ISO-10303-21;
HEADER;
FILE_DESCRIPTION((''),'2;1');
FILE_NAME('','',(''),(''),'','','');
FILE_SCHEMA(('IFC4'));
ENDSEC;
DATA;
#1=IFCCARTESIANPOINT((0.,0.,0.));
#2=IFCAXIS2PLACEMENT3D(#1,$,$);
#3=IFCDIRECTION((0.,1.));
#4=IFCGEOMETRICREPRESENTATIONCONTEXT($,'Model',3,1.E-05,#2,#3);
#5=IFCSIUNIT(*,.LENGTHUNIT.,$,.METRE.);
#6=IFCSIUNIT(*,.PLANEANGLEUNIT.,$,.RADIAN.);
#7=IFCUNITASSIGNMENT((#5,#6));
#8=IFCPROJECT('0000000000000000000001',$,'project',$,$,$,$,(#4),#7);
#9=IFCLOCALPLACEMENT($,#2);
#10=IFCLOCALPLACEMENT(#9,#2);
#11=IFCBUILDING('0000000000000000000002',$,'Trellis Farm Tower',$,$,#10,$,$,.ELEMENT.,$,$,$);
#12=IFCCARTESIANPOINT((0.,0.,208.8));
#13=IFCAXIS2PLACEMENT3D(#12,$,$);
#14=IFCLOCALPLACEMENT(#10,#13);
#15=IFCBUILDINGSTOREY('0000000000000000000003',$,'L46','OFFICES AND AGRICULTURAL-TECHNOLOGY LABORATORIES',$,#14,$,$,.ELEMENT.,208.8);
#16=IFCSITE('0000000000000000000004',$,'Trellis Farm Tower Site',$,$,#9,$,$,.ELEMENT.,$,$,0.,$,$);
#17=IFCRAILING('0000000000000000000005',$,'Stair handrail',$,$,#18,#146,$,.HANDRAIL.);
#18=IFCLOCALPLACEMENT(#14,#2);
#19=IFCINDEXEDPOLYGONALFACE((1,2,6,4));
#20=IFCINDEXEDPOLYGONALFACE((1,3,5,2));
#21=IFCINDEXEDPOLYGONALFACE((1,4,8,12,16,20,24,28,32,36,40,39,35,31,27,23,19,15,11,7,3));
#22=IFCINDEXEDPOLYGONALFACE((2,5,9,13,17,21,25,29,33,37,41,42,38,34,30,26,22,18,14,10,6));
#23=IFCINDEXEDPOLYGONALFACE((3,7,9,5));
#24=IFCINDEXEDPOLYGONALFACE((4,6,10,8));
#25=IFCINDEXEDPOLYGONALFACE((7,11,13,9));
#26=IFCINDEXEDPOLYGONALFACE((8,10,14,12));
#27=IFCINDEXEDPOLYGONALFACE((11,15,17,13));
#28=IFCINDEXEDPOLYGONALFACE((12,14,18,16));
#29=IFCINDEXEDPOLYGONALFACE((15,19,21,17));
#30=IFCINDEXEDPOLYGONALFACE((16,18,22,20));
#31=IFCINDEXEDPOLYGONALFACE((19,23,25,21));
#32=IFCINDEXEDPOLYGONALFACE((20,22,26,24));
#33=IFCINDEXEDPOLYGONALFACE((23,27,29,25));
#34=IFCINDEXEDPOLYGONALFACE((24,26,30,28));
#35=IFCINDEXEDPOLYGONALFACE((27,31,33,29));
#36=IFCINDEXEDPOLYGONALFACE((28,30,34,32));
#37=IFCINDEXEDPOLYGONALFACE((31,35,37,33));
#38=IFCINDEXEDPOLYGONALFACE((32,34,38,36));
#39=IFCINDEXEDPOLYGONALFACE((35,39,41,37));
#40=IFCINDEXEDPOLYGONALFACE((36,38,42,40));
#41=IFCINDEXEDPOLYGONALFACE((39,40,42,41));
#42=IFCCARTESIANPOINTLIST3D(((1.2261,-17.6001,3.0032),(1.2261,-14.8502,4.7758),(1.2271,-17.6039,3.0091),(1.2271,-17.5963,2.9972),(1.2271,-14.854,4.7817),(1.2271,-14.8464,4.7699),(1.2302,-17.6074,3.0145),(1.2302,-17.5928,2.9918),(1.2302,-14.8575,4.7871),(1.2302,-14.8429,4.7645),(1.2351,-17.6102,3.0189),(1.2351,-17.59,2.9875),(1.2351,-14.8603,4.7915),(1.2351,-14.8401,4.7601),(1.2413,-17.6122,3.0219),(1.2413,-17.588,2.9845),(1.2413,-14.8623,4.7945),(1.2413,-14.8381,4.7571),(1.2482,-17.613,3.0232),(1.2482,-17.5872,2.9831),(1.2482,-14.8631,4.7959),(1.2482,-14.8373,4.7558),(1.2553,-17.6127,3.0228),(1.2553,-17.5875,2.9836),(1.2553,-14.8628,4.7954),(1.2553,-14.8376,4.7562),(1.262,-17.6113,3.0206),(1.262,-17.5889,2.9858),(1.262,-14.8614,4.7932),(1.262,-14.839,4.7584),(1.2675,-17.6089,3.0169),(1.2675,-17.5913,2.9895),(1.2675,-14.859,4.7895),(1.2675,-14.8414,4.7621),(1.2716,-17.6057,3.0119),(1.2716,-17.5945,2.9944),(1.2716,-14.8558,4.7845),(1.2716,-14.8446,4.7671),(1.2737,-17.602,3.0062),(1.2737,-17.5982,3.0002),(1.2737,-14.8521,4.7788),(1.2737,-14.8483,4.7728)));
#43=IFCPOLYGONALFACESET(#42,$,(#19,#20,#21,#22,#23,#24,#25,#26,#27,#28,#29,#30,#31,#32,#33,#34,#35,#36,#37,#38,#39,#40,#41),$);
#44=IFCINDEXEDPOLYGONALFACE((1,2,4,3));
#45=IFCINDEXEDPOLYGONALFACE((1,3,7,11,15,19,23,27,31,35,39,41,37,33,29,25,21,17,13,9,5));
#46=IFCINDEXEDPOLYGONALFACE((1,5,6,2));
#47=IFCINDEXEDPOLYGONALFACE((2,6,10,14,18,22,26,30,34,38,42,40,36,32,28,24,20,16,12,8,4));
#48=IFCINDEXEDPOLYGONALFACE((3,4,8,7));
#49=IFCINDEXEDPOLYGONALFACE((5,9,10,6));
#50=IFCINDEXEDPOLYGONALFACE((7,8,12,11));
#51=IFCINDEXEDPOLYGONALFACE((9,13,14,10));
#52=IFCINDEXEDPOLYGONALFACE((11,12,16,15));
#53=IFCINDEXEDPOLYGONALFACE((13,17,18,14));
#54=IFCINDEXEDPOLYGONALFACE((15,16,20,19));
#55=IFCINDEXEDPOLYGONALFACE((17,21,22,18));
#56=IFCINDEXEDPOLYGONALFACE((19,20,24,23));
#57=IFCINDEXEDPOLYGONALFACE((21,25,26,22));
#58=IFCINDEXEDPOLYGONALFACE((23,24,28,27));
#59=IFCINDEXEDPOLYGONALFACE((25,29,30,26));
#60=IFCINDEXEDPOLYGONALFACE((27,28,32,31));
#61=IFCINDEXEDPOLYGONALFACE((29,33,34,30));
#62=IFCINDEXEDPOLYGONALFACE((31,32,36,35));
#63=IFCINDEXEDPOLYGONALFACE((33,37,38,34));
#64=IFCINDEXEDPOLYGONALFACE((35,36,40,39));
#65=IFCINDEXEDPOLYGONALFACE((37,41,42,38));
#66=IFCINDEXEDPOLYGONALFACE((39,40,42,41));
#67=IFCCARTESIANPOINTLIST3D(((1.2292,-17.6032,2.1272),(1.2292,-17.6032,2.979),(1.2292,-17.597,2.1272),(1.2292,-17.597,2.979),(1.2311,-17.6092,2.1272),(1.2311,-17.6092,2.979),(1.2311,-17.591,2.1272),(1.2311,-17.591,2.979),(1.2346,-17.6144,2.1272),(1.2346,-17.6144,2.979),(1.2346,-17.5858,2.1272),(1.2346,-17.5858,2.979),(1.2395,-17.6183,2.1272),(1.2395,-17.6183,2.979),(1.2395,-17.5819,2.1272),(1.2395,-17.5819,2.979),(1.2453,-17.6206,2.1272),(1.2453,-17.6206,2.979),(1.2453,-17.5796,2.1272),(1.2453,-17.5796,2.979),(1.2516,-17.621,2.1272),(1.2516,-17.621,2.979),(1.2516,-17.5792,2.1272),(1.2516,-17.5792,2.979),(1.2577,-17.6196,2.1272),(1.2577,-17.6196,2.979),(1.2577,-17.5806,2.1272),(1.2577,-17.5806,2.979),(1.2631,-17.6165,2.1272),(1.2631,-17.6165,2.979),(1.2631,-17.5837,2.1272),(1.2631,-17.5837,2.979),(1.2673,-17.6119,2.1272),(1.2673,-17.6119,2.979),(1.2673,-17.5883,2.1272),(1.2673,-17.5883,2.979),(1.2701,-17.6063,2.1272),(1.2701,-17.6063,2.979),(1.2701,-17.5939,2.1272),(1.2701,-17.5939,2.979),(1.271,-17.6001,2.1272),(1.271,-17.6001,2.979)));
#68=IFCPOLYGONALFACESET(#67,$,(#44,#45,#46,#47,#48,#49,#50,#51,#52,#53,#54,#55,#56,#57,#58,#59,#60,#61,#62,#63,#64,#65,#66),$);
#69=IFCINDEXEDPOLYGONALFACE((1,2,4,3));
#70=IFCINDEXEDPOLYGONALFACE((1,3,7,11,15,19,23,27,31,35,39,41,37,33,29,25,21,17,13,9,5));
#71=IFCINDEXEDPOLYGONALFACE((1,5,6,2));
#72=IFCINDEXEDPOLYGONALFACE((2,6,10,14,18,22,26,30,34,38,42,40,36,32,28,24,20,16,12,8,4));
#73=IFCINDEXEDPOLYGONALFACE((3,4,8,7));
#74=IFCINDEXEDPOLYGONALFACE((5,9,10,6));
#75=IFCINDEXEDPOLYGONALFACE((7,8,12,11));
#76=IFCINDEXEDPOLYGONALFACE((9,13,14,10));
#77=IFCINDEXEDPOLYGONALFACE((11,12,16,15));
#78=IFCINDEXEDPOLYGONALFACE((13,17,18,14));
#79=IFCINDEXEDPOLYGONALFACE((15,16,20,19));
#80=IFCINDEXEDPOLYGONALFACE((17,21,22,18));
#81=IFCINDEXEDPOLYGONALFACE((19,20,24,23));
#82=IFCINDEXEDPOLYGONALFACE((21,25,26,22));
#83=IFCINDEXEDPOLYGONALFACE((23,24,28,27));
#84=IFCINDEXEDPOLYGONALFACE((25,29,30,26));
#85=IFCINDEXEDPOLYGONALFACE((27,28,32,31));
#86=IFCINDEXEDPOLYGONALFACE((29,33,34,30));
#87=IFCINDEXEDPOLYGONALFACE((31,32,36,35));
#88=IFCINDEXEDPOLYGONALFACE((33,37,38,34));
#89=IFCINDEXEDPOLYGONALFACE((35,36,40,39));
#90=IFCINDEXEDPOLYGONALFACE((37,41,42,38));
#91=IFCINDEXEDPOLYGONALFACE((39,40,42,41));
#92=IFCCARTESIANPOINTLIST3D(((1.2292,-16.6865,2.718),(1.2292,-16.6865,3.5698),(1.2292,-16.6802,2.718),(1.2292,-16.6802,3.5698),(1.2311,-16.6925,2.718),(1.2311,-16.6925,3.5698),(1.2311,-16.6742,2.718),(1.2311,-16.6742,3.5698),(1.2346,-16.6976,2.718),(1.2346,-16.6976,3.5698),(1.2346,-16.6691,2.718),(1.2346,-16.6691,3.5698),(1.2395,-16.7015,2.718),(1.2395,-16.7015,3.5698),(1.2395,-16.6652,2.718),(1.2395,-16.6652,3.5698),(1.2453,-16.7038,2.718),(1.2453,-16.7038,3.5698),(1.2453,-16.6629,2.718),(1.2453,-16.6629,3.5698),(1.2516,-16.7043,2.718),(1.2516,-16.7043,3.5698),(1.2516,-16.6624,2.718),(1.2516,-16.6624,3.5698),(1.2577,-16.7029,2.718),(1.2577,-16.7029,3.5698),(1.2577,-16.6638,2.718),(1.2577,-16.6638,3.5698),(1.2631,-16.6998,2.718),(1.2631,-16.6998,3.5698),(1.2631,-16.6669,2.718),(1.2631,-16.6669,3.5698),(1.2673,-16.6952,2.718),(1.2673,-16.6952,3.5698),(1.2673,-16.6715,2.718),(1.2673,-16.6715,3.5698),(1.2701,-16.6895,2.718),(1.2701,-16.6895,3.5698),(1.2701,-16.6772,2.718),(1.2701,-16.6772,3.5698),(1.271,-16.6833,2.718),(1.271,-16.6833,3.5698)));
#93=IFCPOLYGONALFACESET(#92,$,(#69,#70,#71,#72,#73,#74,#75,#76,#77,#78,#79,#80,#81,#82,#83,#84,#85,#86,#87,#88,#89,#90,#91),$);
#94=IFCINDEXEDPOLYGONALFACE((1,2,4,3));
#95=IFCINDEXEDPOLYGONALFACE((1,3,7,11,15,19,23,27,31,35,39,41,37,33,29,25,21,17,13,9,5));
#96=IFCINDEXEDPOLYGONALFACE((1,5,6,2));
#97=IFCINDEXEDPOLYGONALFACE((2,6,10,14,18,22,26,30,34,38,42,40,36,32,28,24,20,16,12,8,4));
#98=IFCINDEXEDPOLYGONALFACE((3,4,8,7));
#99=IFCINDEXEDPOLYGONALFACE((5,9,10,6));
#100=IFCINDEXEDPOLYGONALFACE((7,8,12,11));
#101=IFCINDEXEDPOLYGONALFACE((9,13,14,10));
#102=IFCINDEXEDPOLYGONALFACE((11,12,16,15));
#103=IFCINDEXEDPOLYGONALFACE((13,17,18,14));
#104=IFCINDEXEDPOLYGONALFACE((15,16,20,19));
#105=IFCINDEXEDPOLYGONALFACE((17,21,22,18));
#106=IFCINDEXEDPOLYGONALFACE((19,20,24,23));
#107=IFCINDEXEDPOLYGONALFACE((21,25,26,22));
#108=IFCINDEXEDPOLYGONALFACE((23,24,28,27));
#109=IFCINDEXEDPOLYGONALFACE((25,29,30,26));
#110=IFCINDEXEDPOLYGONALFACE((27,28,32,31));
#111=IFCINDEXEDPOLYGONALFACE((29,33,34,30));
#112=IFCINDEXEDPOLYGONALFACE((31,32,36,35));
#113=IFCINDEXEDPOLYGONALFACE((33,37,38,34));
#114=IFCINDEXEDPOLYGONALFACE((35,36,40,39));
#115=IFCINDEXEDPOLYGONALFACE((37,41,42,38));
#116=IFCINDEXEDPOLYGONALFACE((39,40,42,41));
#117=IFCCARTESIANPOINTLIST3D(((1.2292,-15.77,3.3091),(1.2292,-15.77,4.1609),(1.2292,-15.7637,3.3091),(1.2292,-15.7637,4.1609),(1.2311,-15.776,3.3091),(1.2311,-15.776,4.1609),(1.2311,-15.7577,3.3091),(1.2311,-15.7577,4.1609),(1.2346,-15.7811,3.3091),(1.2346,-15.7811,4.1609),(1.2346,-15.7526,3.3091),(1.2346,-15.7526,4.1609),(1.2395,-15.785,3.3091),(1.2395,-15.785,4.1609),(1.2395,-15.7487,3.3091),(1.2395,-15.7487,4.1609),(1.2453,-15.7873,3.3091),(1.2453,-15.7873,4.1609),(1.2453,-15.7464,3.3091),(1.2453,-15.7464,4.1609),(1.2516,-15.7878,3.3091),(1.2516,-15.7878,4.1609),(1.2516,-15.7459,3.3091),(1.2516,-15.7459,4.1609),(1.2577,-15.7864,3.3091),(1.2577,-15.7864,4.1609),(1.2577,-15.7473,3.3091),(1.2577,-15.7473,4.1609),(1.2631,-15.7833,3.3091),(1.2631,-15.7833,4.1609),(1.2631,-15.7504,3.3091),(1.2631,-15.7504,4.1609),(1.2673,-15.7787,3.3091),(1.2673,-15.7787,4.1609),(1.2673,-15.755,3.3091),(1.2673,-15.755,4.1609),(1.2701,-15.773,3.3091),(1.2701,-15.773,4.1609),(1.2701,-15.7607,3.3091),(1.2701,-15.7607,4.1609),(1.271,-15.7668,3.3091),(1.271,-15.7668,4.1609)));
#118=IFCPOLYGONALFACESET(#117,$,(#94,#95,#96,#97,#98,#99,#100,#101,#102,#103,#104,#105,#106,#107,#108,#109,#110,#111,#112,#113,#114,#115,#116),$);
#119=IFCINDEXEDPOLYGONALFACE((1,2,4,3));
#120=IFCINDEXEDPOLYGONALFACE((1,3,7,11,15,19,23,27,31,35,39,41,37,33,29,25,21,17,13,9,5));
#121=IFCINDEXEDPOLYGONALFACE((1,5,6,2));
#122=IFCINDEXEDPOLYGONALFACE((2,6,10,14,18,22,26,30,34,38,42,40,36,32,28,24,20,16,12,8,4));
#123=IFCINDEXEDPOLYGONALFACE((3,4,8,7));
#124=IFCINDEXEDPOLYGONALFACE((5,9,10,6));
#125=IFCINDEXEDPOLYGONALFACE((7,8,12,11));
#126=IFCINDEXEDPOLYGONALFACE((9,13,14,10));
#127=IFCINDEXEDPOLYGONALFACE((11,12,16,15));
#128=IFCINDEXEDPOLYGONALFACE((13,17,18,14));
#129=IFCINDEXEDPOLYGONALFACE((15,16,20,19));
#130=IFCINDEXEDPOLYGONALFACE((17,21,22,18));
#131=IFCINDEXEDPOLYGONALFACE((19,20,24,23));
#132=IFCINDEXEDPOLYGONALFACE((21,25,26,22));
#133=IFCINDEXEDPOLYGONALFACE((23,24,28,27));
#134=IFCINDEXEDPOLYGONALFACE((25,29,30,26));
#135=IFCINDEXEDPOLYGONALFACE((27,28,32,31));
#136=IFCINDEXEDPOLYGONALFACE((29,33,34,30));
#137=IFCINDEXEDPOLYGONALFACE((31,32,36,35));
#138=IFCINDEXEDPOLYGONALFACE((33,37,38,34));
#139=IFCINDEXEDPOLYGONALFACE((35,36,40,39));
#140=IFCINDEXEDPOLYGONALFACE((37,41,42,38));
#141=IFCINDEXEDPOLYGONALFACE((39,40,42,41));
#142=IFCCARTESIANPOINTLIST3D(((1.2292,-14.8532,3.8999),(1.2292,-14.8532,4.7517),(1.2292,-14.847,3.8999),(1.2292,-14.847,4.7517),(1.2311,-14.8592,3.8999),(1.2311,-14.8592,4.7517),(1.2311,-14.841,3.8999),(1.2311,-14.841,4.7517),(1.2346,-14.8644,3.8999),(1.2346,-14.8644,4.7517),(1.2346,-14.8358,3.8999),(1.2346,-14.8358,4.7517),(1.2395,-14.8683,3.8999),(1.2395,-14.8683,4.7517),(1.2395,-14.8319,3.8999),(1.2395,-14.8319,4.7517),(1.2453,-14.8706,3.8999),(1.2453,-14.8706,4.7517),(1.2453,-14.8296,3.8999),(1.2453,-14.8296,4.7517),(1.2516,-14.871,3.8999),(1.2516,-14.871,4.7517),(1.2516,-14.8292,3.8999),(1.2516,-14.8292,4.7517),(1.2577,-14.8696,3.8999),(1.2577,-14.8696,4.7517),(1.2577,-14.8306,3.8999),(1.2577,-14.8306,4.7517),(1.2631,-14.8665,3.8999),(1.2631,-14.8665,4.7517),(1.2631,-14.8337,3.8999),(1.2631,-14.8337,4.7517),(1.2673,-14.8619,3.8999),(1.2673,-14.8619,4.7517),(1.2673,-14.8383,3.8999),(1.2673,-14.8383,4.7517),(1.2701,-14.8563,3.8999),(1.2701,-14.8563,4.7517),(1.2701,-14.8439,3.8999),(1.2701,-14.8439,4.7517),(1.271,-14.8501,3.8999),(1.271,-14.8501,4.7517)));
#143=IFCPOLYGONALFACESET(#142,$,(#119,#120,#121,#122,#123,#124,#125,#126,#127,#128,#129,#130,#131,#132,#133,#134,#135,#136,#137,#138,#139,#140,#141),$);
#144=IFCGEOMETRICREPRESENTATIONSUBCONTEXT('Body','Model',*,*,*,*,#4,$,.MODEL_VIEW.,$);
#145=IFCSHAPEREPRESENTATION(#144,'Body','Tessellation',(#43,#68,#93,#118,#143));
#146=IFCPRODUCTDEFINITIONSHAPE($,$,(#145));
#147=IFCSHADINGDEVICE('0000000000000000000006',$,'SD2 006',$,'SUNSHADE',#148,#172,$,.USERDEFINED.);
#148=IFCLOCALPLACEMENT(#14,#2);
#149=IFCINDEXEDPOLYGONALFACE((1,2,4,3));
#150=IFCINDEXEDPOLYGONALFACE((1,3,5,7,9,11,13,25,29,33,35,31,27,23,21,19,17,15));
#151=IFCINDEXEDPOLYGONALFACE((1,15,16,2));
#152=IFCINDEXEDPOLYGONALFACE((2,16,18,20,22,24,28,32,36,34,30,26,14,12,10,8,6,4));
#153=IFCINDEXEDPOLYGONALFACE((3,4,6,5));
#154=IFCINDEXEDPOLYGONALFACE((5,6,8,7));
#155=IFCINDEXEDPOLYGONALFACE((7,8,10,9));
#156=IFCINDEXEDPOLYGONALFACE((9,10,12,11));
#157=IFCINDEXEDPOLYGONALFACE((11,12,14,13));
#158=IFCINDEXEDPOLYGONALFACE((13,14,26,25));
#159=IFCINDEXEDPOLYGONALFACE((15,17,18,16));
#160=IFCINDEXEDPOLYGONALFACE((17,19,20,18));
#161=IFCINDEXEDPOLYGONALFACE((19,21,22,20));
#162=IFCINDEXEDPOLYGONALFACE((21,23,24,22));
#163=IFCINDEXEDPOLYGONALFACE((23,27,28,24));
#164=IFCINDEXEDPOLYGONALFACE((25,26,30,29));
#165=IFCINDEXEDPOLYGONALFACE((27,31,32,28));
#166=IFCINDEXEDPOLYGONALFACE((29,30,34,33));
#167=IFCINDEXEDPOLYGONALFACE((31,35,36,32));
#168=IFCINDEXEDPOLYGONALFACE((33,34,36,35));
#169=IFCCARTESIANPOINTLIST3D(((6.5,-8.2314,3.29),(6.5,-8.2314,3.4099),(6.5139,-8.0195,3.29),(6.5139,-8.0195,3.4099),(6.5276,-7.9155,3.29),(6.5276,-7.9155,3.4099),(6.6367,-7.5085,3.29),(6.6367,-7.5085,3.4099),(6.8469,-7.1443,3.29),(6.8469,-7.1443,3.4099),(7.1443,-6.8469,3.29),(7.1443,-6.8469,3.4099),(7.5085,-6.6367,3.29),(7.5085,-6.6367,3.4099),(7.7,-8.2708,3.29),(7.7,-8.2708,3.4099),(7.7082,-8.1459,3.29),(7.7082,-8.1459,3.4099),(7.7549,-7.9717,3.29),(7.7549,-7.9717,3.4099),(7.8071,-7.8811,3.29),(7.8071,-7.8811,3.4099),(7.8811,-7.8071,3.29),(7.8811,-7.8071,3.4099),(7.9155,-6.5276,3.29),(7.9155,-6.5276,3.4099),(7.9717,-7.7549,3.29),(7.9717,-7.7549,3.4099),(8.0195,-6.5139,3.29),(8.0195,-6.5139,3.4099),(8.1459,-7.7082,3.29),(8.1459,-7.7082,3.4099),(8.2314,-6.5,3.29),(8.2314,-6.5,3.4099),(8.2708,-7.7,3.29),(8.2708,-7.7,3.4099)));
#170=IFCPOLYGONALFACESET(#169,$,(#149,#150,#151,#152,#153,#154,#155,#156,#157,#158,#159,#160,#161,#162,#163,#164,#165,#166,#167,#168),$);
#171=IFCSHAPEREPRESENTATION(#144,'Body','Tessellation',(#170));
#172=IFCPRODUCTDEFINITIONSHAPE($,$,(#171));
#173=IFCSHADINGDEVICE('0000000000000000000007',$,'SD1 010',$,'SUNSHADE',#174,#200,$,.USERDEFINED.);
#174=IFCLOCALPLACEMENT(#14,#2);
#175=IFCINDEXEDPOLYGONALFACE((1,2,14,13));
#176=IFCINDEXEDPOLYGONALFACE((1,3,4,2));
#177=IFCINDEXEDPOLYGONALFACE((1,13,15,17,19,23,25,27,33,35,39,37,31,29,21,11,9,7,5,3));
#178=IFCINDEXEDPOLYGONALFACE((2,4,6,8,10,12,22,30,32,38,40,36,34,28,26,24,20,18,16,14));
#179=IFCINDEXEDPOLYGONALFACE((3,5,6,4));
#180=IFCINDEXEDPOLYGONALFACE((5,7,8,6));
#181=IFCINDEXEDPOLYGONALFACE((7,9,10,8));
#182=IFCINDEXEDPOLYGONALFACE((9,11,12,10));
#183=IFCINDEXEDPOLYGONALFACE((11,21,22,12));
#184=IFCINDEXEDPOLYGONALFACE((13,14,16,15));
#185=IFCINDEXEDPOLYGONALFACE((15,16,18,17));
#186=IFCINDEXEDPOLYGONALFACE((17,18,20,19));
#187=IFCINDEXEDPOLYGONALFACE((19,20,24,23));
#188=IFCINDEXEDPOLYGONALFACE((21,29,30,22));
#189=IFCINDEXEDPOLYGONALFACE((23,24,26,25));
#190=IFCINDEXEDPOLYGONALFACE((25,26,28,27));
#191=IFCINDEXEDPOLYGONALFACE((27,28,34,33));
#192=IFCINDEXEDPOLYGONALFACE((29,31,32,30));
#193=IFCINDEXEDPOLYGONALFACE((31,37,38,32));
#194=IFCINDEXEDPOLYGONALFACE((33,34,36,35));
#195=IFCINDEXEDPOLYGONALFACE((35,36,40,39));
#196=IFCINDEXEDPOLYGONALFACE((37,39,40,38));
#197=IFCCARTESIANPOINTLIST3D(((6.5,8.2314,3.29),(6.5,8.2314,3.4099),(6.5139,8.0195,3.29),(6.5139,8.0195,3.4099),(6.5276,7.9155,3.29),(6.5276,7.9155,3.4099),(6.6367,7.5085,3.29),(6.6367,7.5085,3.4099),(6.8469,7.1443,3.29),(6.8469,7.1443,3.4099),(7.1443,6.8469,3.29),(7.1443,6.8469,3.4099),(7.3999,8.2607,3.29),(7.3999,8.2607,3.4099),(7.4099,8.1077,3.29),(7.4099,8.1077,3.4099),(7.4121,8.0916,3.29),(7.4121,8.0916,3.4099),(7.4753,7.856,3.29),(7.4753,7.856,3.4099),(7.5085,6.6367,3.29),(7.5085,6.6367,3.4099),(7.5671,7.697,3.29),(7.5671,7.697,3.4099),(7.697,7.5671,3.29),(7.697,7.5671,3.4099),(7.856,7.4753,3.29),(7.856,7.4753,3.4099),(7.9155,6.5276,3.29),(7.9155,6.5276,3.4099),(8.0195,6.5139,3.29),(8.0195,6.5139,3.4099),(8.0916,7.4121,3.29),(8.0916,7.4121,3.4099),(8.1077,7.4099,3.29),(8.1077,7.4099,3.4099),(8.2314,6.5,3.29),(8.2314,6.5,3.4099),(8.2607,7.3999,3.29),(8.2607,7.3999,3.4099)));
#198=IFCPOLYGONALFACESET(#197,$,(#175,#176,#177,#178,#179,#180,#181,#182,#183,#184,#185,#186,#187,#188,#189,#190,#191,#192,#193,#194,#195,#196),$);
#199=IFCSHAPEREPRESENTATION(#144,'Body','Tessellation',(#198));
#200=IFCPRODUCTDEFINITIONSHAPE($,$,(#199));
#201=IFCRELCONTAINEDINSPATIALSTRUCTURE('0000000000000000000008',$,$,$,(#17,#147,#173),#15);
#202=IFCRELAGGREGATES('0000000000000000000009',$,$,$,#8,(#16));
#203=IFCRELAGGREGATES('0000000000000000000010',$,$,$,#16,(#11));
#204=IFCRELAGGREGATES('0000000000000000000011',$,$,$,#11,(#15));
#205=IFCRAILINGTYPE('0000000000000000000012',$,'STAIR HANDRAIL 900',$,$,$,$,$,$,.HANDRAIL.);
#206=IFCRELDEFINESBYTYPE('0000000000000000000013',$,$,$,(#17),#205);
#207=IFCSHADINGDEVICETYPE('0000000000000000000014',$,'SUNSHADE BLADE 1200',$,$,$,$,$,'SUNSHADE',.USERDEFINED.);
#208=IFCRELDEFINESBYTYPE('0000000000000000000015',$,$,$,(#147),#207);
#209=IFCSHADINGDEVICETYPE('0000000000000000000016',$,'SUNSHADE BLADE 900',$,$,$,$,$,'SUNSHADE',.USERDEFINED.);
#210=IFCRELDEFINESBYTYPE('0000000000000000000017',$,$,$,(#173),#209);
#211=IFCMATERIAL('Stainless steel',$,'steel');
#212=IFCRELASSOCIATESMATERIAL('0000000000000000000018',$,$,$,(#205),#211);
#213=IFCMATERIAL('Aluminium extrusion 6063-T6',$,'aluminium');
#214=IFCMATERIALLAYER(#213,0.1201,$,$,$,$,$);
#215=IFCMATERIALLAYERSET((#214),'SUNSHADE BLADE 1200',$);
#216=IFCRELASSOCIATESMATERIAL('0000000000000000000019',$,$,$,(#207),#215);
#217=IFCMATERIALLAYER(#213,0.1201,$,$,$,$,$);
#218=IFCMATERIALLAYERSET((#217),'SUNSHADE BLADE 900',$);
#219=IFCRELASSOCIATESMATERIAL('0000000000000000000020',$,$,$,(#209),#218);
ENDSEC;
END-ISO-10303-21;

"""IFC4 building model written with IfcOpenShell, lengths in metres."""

from ifc_helpers import new_model, si_unit, direction, frame, origin, origin_2d, place, context, subcontext, project, spatial, polyline, circle, outline, extrude, source, transform, mapped, material, layer, layer_set, type_object, element, save


model = new_model("IFC4")

# Units and contexts
model_context = context("Model", 3, precision=1e-05, world=origin(), true_north=direction((0.0, 1.0)))
body_context = subcontext(model_context, "Body", "Model", "MODEL_VIEW")
ifc_project = project(units=[si_unit("LENGTHUNIT", "METRE"), si_unit("PLANEANGLEUNIT", "RADIAN")], contexts=[model_context])

# Site, building, storey
site_placement = place(None, origin())
site = spatial("IfcSite", under=ifc_project, at=site_placement, Name="Trellis Farm Tower Site", CompositionType="ELEMENT", RefElevation=0.0)
building_placement = place(site_placement, origin())
building = spatial("IfcBuilding", under=site, at=building_placement, Name="Trellis Farm Tower", CompositionType="ELEMENT")
storey_placement = place(building_placement, frame((0.0, 0.0, 208.8)))
storey = spatial("IfcBuildingStorey", under=building, at=storey_placement, Name="L46", Description="OFFICES AND AGRICULTURAL-TECHNOLOGY LABORATORIES", CompositionType="ELEMENT", Elevation=208.8)

# Shared definitions
ifc_material_1 = material(Name="Aluminium extrusion 6063-T6", Category="aluminium")

# Railing
ifc_material_2 = material(Name="Stainless steel", Category="steel")
railing_type = type_object("IfcRailingType", Name="STAIR HANDRAIL 900", PredefinedType="HANDRAIL", material=ifc_material_2)
shared_shape_1 = source(origin(), body_context, "Body", "SweptSolid", [
    extrude(circle(Radius=0.0239, at=origin_2d()), frame((0.0, 0.0, 0.876), z_axis=(0.0, 0.840504, 0.541806), x_axis=(-1.0, 0.0, 0.0)), (0.0, 0.0, 1.0), 3.2717),
    extrude(circle(Radius=0.021, at=origin_2d()), origin(), (0.0, 0.0, 1.0), 0.8518),
    extrude(circle(Radius=0.021, at=origin_2d()), frame((0.0, 0.9167, 0.5908)), (0.0, 0.0, 1.0), 0.8518),
    extrude(circle(Radius=0.021, at=origin_2d()), frame((0.0, 1.8333, 1.1819)), (0.0, 0.0, 1.0), 0.8518),
    extrude(circle(Radius=0.021, at=origin_2d()), frame((0.0, 2.75, 1.7727)), (0.0, 0.0, 1.0), 0.8518),
])
railing_placement = place(storey_placement, frame((1.25, -17.6001, 2.1272)))
element("IfcRailing", 1, at=railing_placement, inside=storey, type_object=railing_type, Name="Stair handrail", PredefinedType="HANDRAIL", context=body_context, shape_type="MappedRepresentation", body=[
    mapped(shared_shape_1, transform((0.0, 0.0, 0.0))),
])

# Shading devices
ifc_layer_1 = layer(ifc_material_1, 0.1201)
ifc_layer_set_1 = layer_set([ifc_layer_1], Name="SUNSHADE BLADE 1200")
shading_device_type_1 = type_object("IfcShadingDeviceType", Name="SUNSHADE BLADE 1200", ElementType="SUNSHADE", PredefinedType="USERDEFINED", material=ifc_layer_set_1)
shared_shape_2 = source(origin(), body_context, "Body", "SweptSolid", [
    extrude(outline(polyline([(7.7, -8.2708), (7.7087, -8.1372), (7.707, -8.1501), (7.7549, -7.9717), (7.8071, -7.8811), (7.8811, -7.8071), (7.9717, -7.7549), (8.1501, -7.707), (8.1372, -7.7087), (8.2708, -7.7), (8.2314, -6.5), (8.0195, -6.5139), (7.9155, -6.5276), (7.5085, -6.6367), (7.1443, -6.8469), (6.8469, -7.1443), (6.6367, -7.5085), (6.5276, -7.9155), (6.5139, -8.0195), (6.5, -8.2314), (7.7, -8.2708)])), origin(), (0.0, 0.0, 1.0), 0.1199),
])
placement_1 = place(storey_placement, frame((0.0, 0.0, 3.29)))
element("IfcShadingDevice", 2, at=placement_1, inside=storey, type_object=shading_device_type_1, Name="SD2 006", ObjectType="SUNSHADE", PredefinedType="USERDEFINED", context=body_context, shape_type="MappedRepresentation", body=[
    mapped(shared_shape_2, transform((0.0, 0.0, 0.0))),
])
ifc_layer_2 = layer(ifc_material_1, 0.1201)
ifc_layer_set_2 = layer_set([ifc_layer_2], Name="SUNSHADE BLADE 900")
shading_device_type_2 = type_object("IfcShadingDeviceType", Name="SUNSHADE BLADE 900", ElementType="SUNSHADE", PredefinedType="USERDEFINED", material=ifc_layer_set_2)
shared_shape_3 = source(origin(), body_context, "Body", "SweptSolid", [
    extrude(outline(polyline([(8.2607, 7.3999), (8.1077, 7.4099), (8.0916, 7.4121), (7.856, 7.4753), (7.697, 7.5671), (7.5671, 7.697), (7.4753, 7.856), (7.4121, 8.0916), (7.4099, 8.1077), (7.3999, 8.2607), (6.5, 8.2314), (6.5139, 8.0195), (6.5276, 7.9155), (6.6367, 7.5085), (6.8469, 7.1443), (7.1443, 6.8469), (7.5085, 6.6367), (7.9155, 6.5276), (8.0195, 6.5139), (8.2314, 6.5), (8.2607, 7.3999)])), origin(), (0.0, 0.0, 1.0), 0.1199),
])
element("IfcShadingDevice", 3, at=placement_1, inside=storey, type_object=shading_device_type_2, Name="SD1 010", ObjectType="SUNSHADE", PredefinedType="USERDEFINED", context=body_context, shape_type="MappedRepresentation", body=[
    mapped(shared_shape_3, transform((0.0, 0.0, 0.0))),
])

save(model, "model.ifc")
